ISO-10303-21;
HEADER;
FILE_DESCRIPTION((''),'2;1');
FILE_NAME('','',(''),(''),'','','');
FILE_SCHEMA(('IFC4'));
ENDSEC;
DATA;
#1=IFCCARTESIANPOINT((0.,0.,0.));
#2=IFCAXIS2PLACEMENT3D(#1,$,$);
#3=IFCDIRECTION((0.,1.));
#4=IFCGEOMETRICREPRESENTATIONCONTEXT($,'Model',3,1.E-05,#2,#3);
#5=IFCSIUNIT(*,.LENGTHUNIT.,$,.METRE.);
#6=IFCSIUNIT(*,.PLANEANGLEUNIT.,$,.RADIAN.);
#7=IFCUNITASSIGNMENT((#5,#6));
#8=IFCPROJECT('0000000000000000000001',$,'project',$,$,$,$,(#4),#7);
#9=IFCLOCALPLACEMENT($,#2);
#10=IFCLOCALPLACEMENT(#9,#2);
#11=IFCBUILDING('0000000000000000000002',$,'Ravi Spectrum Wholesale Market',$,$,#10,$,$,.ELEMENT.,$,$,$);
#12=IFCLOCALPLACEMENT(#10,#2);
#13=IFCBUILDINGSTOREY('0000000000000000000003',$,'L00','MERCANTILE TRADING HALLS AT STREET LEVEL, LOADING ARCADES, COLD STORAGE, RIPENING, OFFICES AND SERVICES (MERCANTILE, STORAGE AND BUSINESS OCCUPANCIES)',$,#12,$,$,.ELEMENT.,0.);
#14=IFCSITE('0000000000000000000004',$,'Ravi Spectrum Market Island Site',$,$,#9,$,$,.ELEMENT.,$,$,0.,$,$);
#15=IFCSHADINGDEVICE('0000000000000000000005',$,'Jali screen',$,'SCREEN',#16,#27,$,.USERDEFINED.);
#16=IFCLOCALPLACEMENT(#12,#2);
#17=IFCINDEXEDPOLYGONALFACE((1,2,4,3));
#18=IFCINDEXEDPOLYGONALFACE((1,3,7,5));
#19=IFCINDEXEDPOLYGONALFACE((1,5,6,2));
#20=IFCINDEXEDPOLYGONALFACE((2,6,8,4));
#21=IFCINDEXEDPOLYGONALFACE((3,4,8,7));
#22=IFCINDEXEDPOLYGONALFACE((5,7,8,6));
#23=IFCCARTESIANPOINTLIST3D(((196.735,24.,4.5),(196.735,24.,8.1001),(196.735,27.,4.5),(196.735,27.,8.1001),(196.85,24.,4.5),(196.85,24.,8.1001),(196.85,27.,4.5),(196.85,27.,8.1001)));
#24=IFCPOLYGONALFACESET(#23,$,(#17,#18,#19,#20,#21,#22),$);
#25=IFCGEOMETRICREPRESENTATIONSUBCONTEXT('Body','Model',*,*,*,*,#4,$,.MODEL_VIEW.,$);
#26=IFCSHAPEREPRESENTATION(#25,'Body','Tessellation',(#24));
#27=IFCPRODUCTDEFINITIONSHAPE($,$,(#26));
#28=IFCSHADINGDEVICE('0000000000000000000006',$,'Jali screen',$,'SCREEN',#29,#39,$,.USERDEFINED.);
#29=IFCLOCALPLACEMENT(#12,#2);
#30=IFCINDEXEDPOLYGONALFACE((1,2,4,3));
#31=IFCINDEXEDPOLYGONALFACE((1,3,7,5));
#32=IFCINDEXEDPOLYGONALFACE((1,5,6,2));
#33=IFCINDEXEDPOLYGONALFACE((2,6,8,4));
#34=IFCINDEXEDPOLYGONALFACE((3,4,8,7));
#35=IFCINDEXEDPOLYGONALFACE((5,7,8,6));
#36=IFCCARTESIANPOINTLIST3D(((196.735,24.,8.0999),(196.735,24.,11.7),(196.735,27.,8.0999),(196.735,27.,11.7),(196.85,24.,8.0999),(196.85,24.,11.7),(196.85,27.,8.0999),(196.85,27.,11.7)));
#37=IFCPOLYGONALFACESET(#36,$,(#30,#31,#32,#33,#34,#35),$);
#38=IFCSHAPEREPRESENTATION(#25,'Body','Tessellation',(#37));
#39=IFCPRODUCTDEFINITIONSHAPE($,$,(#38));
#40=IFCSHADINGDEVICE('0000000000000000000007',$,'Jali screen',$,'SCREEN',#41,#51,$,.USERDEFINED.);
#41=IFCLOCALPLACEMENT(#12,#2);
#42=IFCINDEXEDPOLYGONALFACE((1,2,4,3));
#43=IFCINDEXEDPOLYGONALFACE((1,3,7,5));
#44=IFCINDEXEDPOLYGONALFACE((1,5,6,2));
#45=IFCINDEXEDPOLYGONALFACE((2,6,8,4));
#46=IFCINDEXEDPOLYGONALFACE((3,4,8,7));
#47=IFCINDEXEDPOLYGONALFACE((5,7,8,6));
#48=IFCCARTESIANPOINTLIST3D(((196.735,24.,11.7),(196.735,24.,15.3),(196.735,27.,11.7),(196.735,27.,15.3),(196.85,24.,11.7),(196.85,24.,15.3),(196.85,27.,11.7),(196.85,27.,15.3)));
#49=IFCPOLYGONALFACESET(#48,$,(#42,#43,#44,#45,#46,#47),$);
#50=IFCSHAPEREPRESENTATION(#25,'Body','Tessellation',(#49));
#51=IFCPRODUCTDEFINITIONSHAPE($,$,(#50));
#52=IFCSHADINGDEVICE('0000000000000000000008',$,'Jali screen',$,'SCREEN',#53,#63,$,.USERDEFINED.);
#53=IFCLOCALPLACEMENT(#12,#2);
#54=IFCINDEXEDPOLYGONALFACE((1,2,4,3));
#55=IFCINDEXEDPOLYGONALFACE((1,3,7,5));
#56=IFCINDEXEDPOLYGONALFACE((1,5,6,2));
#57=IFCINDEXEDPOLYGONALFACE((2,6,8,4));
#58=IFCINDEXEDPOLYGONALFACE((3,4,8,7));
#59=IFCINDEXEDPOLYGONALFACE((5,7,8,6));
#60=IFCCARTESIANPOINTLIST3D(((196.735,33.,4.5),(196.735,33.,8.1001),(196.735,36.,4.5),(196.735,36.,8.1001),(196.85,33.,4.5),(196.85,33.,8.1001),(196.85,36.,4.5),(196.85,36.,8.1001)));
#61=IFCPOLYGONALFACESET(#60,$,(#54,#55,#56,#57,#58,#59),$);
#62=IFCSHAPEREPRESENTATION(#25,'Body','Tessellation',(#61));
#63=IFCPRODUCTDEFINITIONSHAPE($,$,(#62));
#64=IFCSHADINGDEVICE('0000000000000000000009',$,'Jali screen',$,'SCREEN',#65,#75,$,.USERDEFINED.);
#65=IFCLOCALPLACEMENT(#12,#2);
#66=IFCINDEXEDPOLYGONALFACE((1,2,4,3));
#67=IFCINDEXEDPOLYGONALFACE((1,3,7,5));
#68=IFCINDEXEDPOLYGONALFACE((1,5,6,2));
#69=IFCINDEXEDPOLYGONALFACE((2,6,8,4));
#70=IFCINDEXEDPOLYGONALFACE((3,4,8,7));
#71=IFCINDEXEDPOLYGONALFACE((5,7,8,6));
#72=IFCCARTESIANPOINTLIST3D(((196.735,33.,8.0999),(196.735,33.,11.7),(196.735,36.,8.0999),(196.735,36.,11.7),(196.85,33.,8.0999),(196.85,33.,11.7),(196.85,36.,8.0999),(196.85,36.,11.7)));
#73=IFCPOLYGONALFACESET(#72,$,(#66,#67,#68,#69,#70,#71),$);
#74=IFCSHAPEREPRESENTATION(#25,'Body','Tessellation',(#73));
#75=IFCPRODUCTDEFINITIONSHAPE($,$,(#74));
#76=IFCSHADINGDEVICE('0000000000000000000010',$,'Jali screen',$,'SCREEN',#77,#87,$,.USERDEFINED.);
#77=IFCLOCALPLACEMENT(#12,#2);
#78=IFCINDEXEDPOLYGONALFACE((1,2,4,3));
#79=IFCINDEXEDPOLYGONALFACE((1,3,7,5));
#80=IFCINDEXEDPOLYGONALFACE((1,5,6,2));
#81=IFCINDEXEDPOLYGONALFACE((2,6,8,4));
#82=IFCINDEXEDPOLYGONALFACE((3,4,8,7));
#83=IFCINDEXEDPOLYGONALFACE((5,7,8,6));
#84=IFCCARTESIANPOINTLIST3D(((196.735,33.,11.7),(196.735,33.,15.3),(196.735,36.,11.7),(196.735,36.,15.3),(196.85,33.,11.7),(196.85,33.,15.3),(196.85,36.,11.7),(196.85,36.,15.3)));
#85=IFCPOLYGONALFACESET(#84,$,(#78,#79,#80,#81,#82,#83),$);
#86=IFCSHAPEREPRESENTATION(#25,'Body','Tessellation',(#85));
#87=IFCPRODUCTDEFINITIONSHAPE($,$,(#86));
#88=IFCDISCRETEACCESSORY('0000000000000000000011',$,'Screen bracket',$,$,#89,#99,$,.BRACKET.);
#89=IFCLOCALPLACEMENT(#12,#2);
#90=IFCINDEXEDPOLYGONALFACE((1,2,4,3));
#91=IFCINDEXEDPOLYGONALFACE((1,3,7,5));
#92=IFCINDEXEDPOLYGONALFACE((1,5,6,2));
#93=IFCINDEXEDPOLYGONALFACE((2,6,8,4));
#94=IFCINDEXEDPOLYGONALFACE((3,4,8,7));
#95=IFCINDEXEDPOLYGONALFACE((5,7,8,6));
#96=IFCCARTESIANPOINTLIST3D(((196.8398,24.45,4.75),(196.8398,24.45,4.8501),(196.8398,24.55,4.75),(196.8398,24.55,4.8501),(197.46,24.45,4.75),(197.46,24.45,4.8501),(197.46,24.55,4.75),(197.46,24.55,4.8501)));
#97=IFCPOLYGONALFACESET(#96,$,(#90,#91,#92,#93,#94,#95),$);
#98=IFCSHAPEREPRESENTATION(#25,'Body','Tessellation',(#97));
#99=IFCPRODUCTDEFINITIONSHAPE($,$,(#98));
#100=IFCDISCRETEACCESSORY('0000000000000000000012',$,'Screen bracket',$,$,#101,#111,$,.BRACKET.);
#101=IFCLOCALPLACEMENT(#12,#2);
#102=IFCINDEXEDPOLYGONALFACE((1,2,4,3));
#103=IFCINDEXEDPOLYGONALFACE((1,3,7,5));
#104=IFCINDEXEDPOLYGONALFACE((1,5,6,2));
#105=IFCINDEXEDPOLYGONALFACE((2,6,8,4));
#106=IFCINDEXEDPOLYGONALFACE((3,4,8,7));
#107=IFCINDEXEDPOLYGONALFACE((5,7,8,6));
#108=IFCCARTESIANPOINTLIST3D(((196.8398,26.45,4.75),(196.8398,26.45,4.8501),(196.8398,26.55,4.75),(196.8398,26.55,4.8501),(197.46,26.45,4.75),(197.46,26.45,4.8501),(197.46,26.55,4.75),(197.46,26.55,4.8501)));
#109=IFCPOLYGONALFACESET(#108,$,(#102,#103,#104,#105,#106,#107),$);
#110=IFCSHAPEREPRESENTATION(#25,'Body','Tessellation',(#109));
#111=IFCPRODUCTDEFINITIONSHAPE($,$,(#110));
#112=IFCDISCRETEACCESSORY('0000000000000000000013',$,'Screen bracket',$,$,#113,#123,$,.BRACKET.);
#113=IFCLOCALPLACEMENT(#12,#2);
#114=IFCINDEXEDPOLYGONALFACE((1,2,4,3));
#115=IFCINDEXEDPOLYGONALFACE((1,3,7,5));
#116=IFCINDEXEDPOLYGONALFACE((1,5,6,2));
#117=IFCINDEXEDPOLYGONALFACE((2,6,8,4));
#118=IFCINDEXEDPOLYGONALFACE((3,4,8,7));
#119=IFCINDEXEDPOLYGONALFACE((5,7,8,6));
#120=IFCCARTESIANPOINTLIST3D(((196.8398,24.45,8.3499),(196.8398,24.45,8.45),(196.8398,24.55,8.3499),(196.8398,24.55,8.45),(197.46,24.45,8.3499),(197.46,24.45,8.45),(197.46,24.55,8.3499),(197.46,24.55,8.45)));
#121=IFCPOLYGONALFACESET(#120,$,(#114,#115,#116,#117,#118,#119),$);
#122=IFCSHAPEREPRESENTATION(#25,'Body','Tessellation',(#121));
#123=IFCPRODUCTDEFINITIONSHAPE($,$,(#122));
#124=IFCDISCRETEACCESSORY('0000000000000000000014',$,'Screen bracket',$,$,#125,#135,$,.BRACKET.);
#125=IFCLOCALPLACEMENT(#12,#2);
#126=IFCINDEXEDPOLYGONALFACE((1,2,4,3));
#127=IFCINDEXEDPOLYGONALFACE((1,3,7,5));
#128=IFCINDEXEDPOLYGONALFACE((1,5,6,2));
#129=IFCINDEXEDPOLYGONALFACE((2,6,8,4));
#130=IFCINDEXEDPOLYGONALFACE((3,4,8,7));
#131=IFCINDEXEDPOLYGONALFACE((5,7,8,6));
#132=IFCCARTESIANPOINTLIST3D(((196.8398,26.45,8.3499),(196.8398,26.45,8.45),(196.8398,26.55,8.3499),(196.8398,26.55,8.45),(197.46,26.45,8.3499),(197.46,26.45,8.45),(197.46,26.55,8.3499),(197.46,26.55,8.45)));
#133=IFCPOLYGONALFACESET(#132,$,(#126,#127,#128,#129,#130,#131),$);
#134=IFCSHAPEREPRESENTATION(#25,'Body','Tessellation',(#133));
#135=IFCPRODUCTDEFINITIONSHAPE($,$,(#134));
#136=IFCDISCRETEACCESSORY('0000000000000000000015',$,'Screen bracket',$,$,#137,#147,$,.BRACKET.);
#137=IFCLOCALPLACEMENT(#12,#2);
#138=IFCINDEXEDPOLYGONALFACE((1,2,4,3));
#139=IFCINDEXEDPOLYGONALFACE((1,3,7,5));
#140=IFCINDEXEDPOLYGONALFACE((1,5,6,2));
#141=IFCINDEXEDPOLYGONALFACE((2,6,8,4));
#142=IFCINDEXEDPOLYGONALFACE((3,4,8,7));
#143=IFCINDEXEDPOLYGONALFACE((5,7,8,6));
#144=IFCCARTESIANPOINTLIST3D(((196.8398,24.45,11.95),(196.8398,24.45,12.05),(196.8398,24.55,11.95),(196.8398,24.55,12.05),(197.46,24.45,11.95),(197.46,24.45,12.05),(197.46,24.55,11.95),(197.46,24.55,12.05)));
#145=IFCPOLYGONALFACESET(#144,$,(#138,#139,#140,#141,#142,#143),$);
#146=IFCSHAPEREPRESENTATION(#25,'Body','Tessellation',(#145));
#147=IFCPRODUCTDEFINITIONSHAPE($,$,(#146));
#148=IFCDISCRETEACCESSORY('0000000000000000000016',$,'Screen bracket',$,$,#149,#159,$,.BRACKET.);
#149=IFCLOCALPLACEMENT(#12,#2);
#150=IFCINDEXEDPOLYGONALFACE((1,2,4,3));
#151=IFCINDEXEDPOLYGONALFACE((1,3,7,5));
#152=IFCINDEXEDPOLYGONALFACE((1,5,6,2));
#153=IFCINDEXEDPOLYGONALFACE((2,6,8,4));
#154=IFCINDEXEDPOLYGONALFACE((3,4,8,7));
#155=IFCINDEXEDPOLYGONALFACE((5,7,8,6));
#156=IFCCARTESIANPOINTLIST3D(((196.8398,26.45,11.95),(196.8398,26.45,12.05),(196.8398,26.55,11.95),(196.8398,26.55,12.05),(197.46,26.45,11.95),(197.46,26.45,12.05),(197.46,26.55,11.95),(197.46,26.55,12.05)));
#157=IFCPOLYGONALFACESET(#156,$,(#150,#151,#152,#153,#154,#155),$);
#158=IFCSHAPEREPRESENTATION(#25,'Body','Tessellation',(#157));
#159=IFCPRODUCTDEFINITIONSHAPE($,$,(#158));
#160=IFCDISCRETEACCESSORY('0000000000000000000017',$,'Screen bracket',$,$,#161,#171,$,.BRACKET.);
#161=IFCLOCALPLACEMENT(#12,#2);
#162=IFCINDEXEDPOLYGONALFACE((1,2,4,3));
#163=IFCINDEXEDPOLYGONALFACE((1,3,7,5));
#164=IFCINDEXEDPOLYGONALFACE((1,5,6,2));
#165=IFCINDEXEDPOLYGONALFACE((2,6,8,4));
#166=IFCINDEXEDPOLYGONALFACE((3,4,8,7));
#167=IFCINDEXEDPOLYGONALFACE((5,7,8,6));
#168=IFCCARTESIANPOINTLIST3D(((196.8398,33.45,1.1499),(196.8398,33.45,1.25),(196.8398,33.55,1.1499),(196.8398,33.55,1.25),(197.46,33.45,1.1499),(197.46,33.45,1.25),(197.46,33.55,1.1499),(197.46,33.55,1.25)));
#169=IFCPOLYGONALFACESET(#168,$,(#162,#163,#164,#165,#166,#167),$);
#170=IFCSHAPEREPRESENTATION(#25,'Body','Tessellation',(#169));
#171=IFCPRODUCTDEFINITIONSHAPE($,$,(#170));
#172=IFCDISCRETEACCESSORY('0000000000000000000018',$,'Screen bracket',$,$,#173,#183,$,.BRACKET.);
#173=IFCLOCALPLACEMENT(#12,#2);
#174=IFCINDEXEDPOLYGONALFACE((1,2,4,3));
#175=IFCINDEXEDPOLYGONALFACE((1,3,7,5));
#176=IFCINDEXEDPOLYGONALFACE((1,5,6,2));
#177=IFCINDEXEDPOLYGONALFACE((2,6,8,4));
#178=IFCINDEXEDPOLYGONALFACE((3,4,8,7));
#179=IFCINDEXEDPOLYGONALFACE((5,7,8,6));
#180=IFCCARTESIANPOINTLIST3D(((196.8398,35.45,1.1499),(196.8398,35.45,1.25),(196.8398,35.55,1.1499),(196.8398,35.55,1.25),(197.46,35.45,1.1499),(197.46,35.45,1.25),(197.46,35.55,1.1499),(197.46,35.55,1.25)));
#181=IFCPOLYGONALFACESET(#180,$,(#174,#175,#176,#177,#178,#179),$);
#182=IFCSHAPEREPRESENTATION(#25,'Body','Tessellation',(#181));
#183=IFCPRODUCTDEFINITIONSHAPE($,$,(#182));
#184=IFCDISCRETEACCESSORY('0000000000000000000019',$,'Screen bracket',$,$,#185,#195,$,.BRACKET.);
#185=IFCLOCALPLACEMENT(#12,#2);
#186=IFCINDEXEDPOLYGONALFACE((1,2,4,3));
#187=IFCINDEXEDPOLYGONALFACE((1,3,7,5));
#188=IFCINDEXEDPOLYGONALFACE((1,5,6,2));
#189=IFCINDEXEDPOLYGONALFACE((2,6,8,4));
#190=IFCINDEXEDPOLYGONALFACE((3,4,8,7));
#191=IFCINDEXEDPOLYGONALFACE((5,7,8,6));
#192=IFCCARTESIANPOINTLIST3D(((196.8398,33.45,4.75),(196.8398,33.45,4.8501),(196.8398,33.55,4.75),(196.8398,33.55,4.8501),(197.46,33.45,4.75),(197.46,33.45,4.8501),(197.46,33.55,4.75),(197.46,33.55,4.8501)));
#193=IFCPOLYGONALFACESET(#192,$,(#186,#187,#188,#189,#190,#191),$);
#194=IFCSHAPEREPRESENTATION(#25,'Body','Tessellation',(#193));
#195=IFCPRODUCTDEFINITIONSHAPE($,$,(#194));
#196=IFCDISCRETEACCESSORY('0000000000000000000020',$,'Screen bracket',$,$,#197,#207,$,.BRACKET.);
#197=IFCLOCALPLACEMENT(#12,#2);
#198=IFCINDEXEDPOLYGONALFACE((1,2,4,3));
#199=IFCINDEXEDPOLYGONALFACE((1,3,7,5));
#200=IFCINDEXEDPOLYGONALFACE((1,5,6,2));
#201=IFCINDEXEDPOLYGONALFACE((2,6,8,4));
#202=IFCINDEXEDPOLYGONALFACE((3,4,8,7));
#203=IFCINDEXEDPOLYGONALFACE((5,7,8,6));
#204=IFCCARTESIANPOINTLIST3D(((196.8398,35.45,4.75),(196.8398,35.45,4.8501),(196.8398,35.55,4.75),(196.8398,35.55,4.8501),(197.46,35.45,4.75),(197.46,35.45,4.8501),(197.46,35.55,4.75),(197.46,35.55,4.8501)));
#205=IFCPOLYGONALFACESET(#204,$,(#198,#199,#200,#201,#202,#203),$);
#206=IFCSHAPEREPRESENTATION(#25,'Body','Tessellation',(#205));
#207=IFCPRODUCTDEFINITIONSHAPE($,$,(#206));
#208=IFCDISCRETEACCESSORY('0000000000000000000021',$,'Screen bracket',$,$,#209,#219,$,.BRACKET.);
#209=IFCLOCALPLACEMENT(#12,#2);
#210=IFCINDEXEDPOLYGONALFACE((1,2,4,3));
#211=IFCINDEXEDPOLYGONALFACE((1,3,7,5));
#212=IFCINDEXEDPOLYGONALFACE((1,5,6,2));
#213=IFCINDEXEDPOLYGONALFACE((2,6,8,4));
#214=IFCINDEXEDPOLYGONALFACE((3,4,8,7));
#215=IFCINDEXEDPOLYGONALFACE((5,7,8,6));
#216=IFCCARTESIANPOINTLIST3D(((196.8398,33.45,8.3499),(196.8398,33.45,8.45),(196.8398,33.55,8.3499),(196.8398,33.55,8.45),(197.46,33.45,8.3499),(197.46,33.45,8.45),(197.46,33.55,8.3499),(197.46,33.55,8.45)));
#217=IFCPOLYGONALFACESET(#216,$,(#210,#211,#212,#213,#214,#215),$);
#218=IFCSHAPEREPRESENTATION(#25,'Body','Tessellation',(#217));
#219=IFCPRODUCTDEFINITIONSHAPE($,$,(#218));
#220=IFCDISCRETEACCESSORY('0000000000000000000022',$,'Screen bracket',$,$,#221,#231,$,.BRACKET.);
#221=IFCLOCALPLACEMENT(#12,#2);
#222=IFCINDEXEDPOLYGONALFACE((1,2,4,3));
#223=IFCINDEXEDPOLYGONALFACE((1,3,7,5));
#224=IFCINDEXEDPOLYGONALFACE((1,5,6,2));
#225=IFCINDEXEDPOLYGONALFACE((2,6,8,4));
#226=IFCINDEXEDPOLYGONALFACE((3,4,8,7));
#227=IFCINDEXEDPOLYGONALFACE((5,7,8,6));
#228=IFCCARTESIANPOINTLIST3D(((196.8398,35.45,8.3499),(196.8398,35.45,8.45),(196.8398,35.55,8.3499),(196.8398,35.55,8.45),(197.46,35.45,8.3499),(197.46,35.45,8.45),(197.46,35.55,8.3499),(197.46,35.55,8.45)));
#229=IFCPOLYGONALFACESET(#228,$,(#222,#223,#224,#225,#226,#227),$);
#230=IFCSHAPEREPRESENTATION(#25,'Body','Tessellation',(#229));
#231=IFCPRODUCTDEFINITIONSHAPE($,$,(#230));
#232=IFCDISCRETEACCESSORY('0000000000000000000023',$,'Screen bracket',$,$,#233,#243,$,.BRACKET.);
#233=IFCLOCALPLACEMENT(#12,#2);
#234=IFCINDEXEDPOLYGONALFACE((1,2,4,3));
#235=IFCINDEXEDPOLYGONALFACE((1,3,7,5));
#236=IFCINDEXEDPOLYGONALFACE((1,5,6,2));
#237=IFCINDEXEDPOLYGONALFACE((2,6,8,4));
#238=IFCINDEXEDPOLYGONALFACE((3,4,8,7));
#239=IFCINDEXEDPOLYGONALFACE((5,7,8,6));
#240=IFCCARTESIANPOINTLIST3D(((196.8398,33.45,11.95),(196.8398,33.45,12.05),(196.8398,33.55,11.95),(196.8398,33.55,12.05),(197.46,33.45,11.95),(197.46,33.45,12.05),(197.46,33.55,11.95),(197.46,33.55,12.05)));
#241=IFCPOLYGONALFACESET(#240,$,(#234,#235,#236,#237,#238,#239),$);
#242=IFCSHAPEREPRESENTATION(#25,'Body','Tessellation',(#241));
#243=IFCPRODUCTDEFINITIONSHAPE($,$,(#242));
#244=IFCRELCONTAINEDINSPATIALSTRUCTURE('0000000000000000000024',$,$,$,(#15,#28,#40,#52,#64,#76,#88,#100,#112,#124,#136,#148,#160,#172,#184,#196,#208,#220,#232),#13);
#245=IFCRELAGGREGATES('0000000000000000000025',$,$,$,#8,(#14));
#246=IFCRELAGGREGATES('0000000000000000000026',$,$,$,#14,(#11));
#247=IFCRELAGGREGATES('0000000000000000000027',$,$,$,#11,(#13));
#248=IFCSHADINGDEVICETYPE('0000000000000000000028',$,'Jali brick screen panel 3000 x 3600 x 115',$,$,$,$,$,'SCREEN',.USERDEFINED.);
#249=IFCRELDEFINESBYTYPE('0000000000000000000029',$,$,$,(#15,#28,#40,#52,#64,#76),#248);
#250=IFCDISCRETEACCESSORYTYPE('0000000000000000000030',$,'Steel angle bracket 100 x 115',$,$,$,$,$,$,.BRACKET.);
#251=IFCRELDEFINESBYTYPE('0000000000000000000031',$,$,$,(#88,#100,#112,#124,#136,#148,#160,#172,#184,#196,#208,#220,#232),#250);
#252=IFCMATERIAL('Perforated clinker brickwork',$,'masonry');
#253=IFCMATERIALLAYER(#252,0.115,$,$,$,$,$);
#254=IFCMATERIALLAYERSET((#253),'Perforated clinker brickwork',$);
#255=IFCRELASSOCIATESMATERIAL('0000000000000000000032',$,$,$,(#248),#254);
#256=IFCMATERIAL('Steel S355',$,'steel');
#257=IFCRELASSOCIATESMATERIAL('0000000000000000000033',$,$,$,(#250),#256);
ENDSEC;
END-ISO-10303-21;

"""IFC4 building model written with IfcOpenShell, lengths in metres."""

from ifc_helpers import new_model, si_unit, direction, frame, origin, origin_2d, place, context, subcontext, project, spatial, rectangle, extrude, material, layer, layer_set, type_object, element, save


model = new_model("IFC4")

# Units and contexts
model_context = context("Model", 3, precision=1e-05, world=origin(), true_north=direction((0.0, 1.0)))
body_context = subcontext(model_context, "Body", "Model", "MODEL_VIEW")
ifc_project = project(units=[si_unit("LENGTHUNIT", "METRE"), si_unit("PLANEANGLEUNIT", "RADIAN")], contexts=[model_context])

# Site, building, storey
site_placement = place(None, origin())
site = spatial("IfcSite", under=ifc_project, at=site_placement, Name="Ravi Spectrum Market Island Site", CompositionType="ELEMENT", RefElevation=0.0)
building_placement = place(site_placement, origin())
building = spatial("IfcBuilding", under=site, at=building_placement, Name="Ravi Spectrum Wholesale Market", CompositionType="ELEMENT")
storey_placement = place(building_placement, origin())
storey = spatial("IfcBuildingStorey", under=building, at=storey_placement, Name="L00", Description="MERCANTILE TRADING HALLS AT STREET LEVEL, LOADING ARCADES, COLD STORAGE, RIPENING, OFFICES AND SERVICES (MERCANTILE, STORAGE AND BUSINESS OCCUPANCIES)", CompositionType="ELEMENT", Elevation=0.0)

# Shading devices
ifc_material_1 = material(Name="Perforated clinker brickwork", Category="masonry")
ifc_layer = layer(ifc_material_1, 0.115)
ifc_layer_set = layer_set([ifc_layer], Name="Perforated clinker brickwork")
shading_device_type = type_object("IfcShadingDeviceType", Name="Jali brick screen panel 3000 x 3600 x 115", ElementType="SCREEN", PredefinedType="USERDEFINED", material=ifc_layer_set)
for number, where, z_axis, x_axis, name in (
    (1, (196.7925, 25.5, 4.5), (0.0, 0.0, 1.0), (1.0, 0.0, 0.0), "Jali screen"),
    (2, (196.7925, 25.5, 8.0999), (0.0, 0.0, 1.0), (1.0, 0.0, 0.0), "Jali screen"),
    (3, (196.7925, 25.5, 11.7), (0.0, 0.0, 1.0), (1.0, 0.0, 0.0), "Jali screen"),
    (4, (196.7925, 34.5, 4.5), (0.0, 0.0, 1.0), (1.0, 0.0, 0.0), "Jali screen"),
    (5, (196.7925, 34.5, 8.0999), (0.0, 0.0, 1.0), (1.0, 0.0, 0.0), "Jali screen"),
    (6, (196.7925, 34.5, 11.7), (0.0, 0.0, 1.0), (1.0, 0.0, 0.0), "Jali screen"),
):
    element("IfcShadingDevice", number, at=place(storey_placement, frame(where, z_axis=z_axis, x_axis=x_axis)), inside=storey, type_object=shading_device_type, Name=name, ObjectType="SCREEN", PredefinedType="USERDEFINED", context=body_context, shape_type="SweptSolid", body=[
        extrude(rectangle(XDim=0.115, YDim=3.0, at=origin_2d()), origin(), (0.0, 0.0, 1.0), 3.6001),
    ])

# Discrete accessories
ifc_material_2 = material(Name="Steel S355", Category="steel")
discrete_accessory_type = type_object("IfcDiscreteAccessoryType", Name="Steel angle bracket 100 x 115", PredefinedType="BRACKET", material=ifc_material_2)
for number, where, z_axis, x_axis, name in (
    (7, (197.1499, 24.5, 4.75), (0.0, 0.0, 1.0), (1.0, 0.0, 0.0), "Screen bracket"),
    (8, (197.1499, 26.5, 4.75), (0.0, 0.0, 1.0), (1.0, 0.0, 0.0), "Screen bracket"),
    (9, (197.1499, 24.5, 8.3499), (0.0, 0.0, 1.0), (1.0, 0.0, 0.0), "Screen bracket"),
    (10, (197.1499, 26.5, 8.3499), (0.0, 0.0, 1.0), (1.0, 0.0, 0.0), "Screen bracket"),
    (11, (197.1499, 24.5, 11.95), (0.0, 0.0, 1.0), (1.0, 0.0, 0.0), "Screen bracket"),
    (12, (197.1499, 26.5, 11.95), (0.0, 0.0, 1.0), (1.0, 0.0, 0.0), "Screen bracket"),
    (13, (197.1499, 33.5, 1.1499), (0.0, 0.0, 1.0), (1.0, 0.0, 0.0), "Screen bracket"),
    (14, (197.1499, 35.5, 1.1499), (0.0, 0.0, 1.0), (1.0, 0.0, 0.0), "Screen bracket"),
    (15, (197.1499, 33.5, 4.75), (0.0, 0.0, 1.0), (1.0, 0.0, 0.0), "Screen bracket"),
    (16, (197.1499, 35.5, 4.75), (0.0, 0.0, 1.0), (1.0, 0.0, 0.0), "Screen bracket"),
    (17, (197.1499, 33.5, 8.3499), (0.0, 0.0, 1.0), (1.0, 0.0, 0.0), "Screen bracket"),
    (18, (197.1499, 35.5, 8.3499), (0.0, 0.0, 1.0), (1.0, 0.0, 0.0), "Screen bracket"),
    (19, (197.1499, 33.5, 11.95), (0.0, 0.0, 1.0), (1.0, 0.0, 0.0), "Screen bracket"),
):
    element("IfcDiscreteAccessory", number, at=place(storey_placement, frame(where, z_axis=z_axis, x_axis=x_axis)), inside=storey, type_object=discrete_accessory_type, Name=name, PredefinedType="BRACKET", context=body_context, shape_type="SweptSolid", body=[
        extrude(rectangle(XDim=0.6201, YDim=0.1001, at=origin_2d()), origin(), (0.0, 0.0, 1.0), 0.1001),
    ])

save(model, "model.ifc")
